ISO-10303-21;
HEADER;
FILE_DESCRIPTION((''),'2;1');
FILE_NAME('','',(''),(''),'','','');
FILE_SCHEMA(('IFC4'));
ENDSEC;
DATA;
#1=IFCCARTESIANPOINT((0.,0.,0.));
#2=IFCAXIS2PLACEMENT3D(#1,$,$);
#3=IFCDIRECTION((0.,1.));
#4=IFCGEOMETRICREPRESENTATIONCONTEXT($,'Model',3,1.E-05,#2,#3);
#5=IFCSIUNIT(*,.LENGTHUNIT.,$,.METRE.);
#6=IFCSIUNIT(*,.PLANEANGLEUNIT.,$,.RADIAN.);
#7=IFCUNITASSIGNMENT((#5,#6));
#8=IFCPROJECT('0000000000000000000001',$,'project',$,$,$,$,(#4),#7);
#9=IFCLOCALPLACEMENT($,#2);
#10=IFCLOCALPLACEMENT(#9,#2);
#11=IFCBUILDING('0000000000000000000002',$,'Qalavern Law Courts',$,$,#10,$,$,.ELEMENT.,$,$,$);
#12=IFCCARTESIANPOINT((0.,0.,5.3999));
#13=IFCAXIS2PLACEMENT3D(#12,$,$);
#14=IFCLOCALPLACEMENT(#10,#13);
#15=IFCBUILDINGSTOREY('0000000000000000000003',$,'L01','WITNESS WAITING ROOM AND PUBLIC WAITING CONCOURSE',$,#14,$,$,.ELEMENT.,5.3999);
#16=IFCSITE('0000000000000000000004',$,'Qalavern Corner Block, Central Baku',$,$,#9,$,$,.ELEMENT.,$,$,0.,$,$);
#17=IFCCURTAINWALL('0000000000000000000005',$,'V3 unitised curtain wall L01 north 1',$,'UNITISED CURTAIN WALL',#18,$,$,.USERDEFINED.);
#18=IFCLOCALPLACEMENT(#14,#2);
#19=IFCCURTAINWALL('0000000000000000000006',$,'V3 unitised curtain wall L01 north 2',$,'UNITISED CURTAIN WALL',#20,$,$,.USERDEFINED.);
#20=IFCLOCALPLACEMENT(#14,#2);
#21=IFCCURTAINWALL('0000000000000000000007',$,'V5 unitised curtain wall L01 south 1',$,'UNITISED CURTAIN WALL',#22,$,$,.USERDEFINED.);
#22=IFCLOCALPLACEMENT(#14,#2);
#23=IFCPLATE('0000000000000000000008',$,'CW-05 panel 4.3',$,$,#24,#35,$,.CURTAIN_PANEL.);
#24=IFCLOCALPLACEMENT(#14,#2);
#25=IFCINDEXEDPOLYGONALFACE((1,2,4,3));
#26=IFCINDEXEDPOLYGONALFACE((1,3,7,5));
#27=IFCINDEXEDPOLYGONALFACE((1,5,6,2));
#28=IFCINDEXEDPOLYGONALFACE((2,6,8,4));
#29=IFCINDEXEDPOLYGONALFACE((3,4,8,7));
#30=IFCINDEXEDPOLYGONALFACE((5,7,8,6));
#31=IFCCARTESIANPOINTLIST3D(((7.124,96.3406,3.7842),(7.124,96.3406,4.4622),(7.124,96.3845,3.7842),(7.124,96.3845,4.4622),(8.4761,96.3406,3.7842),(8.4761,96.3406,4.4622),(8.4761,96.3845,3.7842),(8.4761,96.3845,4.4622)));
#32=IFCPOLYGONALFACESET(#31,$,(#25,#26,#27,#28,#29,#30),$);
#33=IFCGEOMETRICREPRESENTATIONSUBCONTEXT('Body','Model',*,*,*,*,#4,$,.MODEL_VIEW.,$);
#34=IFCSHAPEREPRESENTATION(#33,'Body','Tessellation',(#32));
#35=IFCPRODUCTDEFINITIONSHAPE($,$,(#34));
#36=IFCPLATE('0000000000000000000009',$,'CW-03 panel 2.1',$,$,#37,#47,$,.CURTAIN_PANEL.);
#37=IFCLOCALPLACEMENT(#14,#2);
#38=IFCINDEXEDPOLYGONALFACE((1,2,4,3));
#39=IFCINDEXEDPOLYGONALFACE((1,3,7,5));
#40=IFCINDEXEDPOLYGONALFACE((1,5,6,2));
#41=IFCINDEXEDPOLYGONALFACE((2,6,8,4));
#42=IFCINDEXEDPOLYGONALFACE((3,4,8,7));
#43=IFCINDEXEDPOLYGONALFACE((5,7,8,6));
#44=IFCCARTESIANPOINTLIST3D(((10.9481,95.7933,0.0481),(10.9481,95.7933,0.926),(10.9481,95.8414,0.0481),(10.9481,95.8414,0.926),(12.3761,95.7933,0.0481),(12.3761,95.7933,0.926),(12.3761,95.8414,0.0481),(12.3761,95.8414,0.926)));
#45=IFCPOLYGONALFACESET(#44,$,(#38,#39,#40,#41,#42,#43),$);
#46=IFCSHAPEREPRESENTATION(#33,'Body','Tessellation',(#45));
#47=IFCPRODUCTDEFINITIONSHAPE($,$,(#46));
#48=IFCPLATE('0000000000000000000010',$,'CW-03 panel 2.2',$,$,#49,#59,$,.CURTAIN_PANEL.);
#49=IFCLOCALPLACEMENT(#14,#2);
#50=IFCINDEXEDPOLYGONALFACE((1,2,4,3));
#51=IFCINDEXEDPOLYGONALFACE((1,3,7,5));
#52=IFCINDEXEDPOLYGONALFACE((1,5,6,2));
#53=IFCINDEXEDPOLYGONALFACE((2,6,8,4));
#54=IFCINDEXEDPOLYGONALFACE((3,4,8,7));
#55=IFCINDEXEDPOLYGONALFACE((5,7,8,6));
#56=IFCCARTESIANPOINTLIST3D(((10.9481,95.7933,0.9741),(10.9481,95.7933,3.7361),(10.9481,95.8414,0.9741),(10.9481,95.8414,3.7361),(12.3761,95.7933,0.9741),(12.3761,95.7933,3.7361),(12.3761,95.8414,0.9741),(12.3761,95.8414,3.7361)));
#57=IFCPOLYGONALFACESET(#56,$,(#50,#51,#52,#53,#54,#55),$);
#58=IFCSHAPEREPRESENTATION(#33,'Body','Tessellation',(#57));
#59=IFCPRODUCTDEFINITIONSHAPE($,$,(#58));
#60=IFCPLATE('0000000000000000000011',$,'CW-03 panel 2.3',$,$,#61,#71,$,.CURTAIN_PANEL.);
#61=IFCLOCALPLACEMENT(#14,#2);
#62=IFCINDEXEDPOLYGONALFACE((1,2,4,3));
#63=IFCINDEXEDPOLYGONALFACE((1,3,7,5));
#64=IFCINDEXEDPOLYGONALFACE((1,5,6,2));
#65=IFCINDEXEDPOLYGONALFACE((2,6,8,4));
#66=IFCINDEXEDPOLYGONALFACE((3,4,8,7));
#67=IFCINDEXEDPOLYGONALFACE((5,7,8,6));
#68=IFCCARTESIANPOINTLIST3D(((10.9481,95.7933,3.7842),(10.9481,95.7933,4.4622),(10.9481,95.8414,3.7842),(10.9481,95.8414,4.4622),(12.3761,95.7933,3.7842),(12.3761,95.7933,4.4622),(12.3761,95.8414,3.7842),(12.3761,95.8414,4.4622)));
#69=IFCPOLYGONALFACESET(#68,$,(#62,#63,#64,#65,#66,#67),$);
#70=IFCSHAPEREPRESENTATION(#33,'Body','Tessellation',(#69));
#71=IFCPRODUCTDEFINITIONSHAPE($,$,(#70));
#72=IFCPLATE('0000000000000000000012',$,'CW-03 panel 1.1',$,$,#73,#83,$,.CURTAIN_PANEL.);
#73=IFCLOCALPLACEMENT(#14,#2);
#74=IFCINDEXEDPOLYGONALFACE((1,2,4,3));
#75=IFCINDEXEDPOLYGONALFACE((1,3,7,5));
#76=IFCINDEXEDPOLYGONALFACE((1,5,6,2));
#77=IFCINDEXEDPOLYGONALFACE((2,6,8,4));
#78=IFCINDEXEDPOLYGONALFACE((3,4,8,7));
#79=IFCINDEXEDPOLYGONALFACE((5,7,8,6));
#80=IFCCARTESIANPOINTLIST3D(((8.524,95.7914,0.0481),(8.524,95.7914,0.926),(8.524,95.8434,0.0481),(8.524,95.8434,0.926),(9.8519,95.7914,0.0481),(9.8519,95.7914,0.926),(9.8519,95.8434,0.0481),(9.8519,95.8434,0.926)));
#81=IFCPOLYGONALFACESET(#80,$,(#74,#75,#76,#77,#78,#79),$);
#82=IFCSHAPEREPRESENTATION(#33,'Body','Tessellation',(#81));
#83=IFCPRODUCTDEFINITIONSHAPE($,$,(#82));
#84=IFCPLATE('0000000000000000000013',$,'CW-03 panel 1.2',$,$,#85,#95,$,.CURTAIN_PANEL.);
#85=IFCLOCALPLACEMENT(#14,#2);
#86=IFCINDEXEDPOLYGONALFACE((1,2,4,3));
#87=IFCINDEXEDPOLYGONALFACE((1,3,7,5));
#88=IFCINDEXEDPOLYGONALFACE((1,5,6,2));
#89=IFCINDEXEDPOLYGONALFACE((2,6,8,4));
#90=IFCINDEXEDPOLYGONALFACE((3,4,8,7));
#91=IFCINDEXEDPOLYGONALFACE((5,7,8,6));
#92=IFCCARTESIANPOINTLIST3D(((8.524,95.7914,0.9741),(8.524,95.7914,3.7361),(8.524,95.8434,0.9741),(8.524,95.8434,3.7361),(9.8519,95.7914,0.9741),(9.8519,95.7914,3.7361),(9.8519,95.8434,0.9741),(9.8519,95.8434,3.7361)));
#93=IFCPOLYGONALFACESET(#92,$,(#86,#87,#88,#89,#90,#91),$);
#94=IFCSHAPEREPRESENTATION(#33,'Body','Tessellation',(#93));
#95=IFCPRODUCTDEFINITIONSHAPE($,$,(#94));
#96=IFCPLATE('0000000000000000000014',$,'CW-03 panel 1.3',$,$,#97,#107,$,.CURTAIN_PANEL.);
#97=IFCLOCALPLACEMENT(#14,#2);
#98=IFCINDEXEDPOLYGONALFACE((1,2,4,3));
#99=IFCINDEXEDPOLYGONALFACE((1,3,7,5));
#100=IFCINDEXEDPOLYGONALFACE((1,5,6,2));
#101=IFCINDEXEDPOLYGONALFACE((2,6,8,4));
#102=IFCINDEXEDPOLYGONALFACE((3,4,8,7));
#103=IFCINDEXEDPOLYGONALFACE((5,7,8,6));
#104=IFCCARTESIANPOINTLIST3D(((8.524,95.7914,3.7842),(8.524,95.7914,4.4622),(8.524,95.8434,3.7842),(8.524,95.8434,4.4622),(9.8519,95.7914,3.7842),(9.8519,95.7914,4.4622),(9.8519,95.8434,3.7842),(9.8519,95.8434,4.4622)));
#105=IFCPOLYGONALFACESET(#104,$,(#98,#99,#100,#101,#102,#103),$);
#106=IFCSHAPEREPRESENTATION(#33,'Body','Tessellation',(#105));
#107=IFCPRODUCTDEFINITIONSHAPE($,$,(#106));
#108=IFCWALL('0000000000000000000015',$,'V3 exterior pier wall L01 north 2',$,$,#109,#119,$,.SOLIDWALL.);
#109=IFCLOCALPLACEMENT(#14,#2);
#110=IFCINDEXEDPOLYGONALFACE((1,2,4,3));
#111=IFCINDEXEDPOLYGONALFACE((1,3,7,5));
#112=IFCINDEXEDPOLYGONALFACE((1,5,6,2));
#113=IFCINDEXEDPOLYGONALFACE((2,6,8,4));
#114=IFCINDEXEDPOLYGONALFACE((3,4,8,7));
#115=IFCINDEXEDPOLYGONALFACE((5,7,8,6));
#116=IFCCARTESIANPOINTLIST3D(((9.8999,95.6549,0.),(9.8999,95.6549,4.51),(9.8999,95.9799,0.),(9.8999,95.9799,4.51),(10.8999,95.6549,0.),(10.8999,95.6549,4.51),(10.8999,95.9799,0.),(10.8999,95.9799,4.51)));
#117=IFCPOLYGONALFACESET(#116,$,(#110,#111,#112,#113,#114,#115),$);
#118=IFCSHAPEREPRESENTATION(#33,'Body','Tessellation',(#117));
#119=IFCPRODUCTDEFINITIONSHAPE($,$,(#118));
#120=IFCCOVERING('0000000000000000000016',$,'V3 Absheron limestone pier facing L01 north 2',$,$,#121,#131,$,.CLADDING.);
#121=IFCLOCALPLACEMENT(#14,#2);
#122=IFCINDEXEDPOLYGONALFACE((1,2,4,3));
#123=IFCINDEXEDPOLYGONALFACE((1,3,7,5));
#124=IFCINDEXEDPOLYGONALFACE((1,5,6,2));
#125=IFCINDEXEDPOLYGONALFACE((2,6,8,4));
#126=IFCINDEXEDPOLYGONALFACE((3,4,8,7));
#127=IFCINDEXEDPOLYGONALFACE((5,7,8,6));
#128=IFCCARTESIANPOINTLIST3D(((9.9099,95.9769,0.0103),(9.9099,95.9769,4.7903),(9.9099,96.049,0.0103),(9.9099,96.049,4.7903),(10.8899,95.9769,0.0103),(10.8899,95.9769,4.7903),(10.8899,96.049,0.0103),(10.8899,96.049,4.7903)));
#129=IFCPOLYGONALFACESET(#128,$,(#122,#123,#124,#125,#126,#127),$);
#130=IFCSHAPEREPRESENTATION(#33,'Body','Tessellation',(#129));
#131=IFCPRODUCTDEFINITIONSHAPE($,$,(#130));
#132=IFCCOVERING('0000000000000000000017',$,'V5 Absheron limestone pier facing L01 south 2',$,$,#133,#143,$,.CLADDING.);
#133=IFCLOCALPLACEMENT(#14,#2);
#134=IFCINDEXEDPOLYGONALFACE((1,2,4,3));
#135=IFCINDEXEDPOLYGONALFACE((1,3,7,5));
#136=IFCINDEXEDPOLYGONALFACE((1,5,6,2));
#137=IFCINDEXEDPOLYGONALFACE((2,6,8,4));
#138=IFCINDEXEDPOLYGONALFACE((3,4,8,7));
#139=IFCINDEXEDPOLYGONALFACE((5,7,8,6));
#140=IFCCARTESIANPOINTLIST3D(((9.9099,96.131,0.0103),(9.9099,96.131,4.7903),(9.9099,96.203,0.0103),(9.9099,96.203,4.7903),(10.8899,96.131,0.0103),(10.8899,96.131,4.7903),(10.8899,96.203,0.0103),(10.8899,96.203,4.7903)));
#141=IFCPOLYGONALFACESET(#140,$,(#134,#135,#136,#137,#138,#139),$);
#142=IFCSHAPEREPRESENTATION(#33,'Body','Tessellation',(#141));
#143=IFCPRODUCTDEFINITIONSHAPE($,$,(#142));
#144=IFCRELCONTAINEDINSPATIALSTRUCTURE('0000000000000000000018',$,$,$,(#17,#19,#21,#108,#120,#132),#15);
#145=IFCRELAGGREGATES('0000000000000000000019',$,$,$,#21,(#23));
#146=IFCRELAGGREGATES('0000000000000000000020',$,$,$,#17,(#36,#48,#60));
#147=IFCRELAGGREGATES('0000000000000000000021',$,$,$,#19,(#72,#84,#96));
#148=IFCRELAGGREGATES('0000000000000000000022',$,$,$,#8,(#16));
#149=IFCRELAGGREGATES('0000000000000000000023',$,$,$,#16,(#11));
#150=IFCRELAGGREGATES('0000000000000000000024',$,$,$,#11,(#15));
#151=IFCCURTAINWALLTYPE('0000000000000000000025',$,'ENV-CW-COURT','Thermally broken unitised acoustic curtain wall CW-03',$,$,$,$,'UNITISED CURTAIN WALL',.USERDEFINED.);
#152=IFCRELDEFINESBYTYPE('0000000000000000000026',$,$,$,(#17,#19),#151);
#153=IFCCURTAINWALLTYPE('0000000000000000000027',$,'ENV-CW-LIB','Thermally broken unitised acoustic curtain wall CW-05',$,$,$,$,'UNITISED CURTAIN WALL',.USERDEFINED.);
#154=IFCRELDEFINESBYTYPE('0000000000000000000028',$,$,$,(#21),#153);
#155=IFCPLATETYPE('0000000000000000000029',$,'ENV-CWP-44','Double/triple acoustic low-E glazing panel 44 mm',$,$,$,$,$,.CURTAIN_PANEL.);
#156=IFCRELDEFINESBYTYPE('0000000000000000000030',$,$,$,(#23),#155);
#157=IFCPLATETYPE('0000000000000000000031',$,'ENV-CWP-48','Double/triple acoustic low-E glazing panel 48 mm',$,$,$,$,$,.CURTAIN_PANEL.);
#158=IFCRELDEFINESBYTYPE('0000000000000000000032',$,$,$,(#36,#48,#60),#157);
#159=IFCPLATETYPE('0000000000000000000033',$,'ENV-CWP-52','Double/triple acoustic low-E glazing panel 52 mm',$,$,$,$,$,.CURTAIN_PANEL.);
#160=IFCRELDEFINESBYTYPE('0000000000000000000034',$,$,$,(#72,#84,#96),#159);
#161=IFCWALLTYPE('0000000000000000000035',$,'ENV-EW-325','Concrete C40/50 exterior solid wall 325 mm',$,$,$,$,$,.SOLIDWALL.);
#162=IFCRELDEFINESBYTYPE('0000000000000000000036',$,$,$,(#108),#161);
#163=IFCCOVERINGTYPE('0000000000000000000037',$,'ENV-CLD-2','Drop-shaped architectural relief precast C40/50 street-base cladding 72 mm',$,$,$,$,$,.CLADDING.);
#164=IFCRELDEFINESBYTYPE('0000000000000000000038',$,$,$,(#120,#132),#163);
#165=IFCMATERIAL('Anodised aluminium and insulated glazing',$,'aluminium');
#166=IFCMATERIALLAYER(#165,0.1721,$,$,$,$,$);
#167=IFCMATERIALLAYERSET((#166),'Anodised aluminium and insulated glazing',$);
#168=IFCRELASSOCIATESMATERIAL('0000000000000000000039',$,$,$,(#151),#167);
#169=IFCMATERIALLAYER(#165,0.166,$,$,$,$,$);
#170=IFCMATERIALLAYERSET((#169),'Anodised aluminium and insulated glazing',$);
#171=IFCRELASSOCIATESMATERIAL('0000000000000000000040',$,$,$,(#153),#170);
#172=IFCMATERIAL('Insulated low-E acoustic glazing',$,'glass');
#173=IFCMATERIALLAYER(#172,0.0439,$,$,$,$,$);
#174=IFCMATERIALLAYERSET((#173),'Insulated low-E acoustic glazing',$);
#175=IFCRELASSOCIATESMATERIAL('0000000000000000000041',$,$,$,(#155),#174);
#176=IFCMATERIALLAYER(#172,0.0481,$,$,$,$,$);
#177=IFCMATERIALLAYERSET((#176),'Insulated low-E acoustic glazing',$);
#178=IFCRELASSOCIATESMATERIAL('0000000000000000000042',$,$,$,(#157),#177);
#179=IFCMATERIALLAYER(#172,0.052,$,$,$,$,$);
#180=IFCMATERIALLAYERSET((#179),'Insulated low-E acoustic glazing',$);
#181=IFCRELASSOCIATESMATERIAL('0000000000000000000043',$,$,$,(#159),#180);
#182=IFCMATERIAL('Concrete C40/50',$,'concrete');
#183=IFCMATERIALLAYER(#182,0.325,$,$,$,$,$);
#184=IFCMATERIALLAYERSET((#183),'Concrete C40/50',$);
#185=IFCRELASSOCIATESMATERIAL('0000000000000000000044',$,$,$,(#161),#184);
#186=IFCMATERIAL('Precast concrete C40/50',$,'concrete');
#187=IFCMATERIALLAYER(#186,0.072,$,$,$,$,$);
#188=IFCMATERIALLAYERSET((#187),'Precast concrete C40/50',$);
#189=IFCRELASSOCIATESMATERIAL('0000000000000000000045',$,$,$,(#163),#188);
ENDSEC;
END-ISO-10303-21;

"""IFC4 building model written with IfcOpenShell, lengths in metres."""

from ifc_helpers import new_model, si_unit, direction, frame, frame_2d, origin, origin_2d, place, context, subcontext, project, spatial, rectangle, extrude, material, layer, layer_set, type_object, element, aggregate, save


model = new_model("IFC4")

# Units and contexts
model_context = context("Model", 3, precision=1e-05, world=origin(), true_north=direction((0.0, 1.0)))
body_context = subcontext(model_context, "Body", "Model", "MODEL_VIEW")
ifc_project = project(units=[si_unit("LENGTHUNIT", "METRE"), si_unit("PLANEANGLEUNIT", "RADIAN")], contexts=[model_context])

# Site, building, storey
site_placement = place(None, origin())
site = spatial("IfcSite", under=ifc_project, at=site_placement, Name="Qalavern Corner Block, Central Baku", CompositionType="ELEMENT", RefElevation=0.0)
building_placement = place(site_placement, origin())
building = spatial("IfcBuilding", under=site, at=building_placement, Name="Qalavern Law Courts", CompositionType="ELEMENT")
storey_placement = place(building_placement, frame((0.0, 0.0, 5.3999)))
storey = spatial("IfcBuildingStorey", under=building, at=storey_placement, Name="L01", Description="WITNESS WAITING ROOM AND PUBLIC WAITING CONCOURSE", CompositionType="ELEMENT", Elevation=5.3999)

# Curtain wall
ifc_material_1 = material(Name="Anodised aluminium and insulated glazing", Category="aluminium")
ifc_layer_1 = layer(ifc_material_1, 0.1721)
ifc_layer_set_1 = layer_set([ifc_layer_1], Name="Anodised aluminium and insulated glazing")
curtain_wall_type_1 = type_object("IfcCurtainWallType", Name="ENV-CW-COURT", Description="Thermally broken unitised acoustic curtain wall CW-03", ElementType="UNITISED CURTAIN WALL", PredefinedType="USERDEFINED", material=ifc_layer_set_1)
curtain_wall_1_placement = place(storey_placement, origin())
curtain_wall_1 = element("IfcCurtainWall", 1, at=curtain_wall_1_placement, inside=storey, type_object=curtain_wall_type_1, Name="V3 unitised curtain wall L01 north 1", ObjectType="UNITISED CURTAIN WALL", PredefinedType="USERDEFINED")

# Curtain wall
curtain_wall_2_placement = place(storey_placement, origin())
curtain_wall_2 = element("IfcCurtainWall", 2, at=curtain_wall_2_placement, inside=storey, type_object=curtain_wall_type_1, Name="V3 unitised curtain wall L01 north 2", ObjectType="UNITISED CURTAIN WALL", PredefinedType="USERDEFINED")

# Curtain wall
ifc_layer_2 = layer(ifc_material_1, 0.166)
ifc_layer_set_2 = layer_set([ifc_layer_2], Name="Anodised aluminium and insulated glazing")
curtain_wall_type_2 = type_object("IfcCurtainWallType", Name="ENV-CW-LIB", Description="Thermally broken unitised acoustic curtain wall CW-05", ElementType="UNITISED CURTAIN WALL", PredefinedType="USERDEFINED", material=ifc_layer_set_2)
curtain_wall_3_placement = place(storey_placement, origin())
curtain_wall_3 = element("IfcCurtainWall", 3, at=curtain_wall_3_placement, inside=storey, type_object=curtain_wall_type_2, Name="V5 unitised curtain wall L01 south 1", ObjectType="UNITISED CURTAIN WALL", PredefinedType="USERDEFINED")

# Plates
ifc_material_2 = material(Name="Insulated low-E acoustic glazing", Category="glass")
ifc_layer_3 = layer(ifc_material_2, 0.0439)
ifc_layer_set_3 = layer_set([ifc_layer_3], Name="Insulated low-E acoustic glazing")
plate_type_1 = type_object("IfcPlateType", Name="ENV-CWP-44", Description="Double/triple acoustic low-E glazing panel 44 mm", PredefinedType="CURTAIN_PANEL", material=ifc_layer_set_3)
plate_1_placement = place(storey_placement, frame((7.8, 96.3625, 3.7842), z_axis=(0.0, 0.0, 1.0), x_axis=(1.0, 0.0, 0.0)))
plate_1 = element("IfcPlate", 4, at=plate_1_placement, type_object=plate_type_1, Name="CW-05 panel 4.3", PredefinedType="CURTAIN_PANEL", context=body_context, shape_type="SweptSolid", body=[
    extrude(rectangle(XDim=1.3521, YDim=0.0439, at=origin_2d()), origin(), (0.0, 0.0, 1.0), 0.678),
])
aggregate(curtain_wall_3, [plate_1])
ifc_layer_4 = layer(ifc_material_2, 0.0481)
ifc_layer_set_4 = layer_set([ifc_layer_4], Name="Insulated low-E acoustic glazing")
plate_type_2 = type_object("IfcPlateType", Name="ENV-CWP-48", Description="Double/triple acoustic low-E glazing panel 48 mm", PredefinedType="CURTAIN_PANEL", material=ifc_layer_set_4)
plate_2_placement = place(storey_placement, frame((11.6621, 95.8174, 0.0481), z_axis=(0.0, 0.0, 1.0), x_axis=(-1.0, 0.0, 0.0)))
plate_2 = element("IfcPlate", 5, at=plate_2_placement, type_object=plate_type_2, Name="CW-03 panel 2.1", PredefinedType="CURTAIN_PANEL", context=body_context, shape_type="SweptSolid", body=[
    extrude(rectangle(XDim=1.428, YDim=0.0481, at=origin_2d()), origin(), (0.0, 0.0, 1.0), 0.8779),
])
plate_3_placement = place(storey_placement, frame((11.6621, 95.8174, 0.9741), z_axis=(0.0, 0.0, 1.0), x_axis=(-1.0, 0.0, 0.0)))
plate_3 = element("IfcPlate", 6, at=plate_3_placement, type_object=plate_type_2, Name="CW-03 panel 2.2", PredefinedType="CURTAIN_PANEL", context=body_context, shape_type="SweptSolid", body=[
    extrude(rectangle(XDim=1.428, YDim=0.0481, at=origin_2d()), origin(), (0.0, 0.0, 1.0), 2.762),
])
plate_4_placement = place(storey_placement, frame((11.6621, 95.8174, 3.7842), z_axis=(0.0, 0.0, 1.0), x_axis=(-1.0, 0.0, 0.0)))
plate_4 = element("IfcPlate", 7, at=plate_4_placement, type_object=plate_type_2, Name="CW-03 panel 2.3", PredefinedType="CURTAIN_PANEL", context=body_context, shape_type="SweptSolid", body=[
    extrude(rectangle(XDim=1.428, YDim=0.0481, at=origin_2d()), origin(), (0.0, 0.0, 1.0), 0.678),
])
aggregate(curtain_wall_1, [plate_2, plate_3, plate_4])
ifc_layer_5 = layer(ifc_material_2, 0.052)
ifc_layer_set_5 = layer_set([ifc_layer_5], Name="Insulated low-E acoustic glazing")
plate_type_3 = type_object("IfcPlateType", Name="ENV-CWP-52", Description="Double/triple acoustic low-E glazing panel 52 mm", PredefinedType="CURTAIN_PANEL", material=ifc_layer_set_5)
plate_5_placement = place(storey_placement, frame((9.188, 95.8174, 0.0481), z_axis=(0.0, 0.0, 1.0), x_axis=(-1.0, 0.0, 0.0)))
plate_5 = element("IfcPlate", 8, at=plate_5_placement, type_object=plate_type_3, Name="CW-03 panel 1.1", PredefinedType="CURTAIN_PANEL", context=body_context, shape_type="SweptSolid", body=[
    extrude(rectangle(XDim=1.3279, YDim=0.052, at=origin_2d()), origin(), (0.0, 0.0, 1.0), 0.8779),
])
plate_6_placement = place(storey_placement, frame((9.188, 95.8174, 0.9741), z_axis=(0.0, 0.0, 1.0), x_axis=(-1.0, 0.0, 0.0)))
plate_6 = element("IfcPlate", 9, at=plate_6_placement, type_object=plate_type_3, Name="CW-03 panel 1.2", PredefinedType="CURTAIN_PANEL", context=body_context, shape_type="SweptSolid", body=[
    extrude(rectangle(XDim=1.3279, YDim=0.052, at=origin_2d()), origin(), (0.0, 0.0, 1.0), 2.762),
])
plate_7_placement = place(storey_placement, frame((9.188, 95.8174, 3.7842), z_axis=(0.0, 0.0, 1.0), x_axis=(-1.0, 0.0, 0.0)))
plate_7 = element("IfcPlate", 10, at=plate_7_placement, type_object=plate_type_3, Name="CW-03 panel 1.3", PredefinedType="CURTAIN_PANEL", context=body_context, shape_type="SweptSolid", body=[
    extrude(rectangle(XDim=1.3279, YDim=0.052, at=origin_2d()), origin(), (0.0, 0.0, 1.0), 0.678),
])
aggregate(curtain_wall_2, [plate_5, plate_6, plate_7])

# Wall
ifc_material_3 = material(Name="Concrete C40/50", Category="concrete")
ifc_layer_6 = layer(ifc_material_3, 0.325)
ifc_layer_set_6 = layer_set([ifc_layer_6], Name="Concrete C40/50")
wall_type = type_object("IfcWallType", Name="ENV-EW-325", Description="Concrete C40/50 exterior solid wall 325 mm", PredefinedType="SOLIDWALL", material=ifc_layer_set_6)
wall_placement = place(storey_placement, frame((10.8999, 95.8174, 0.0), z_axis=(0.0, 0.0, 1.0), x_axis=(-1.0, 0.0, 0.0)))
element("IfcWall", 11, at=wall_placement, inside=storey, type_object=wall_type, Name="V3 exterior pier wall L01 north 2", PredefinedType="SOLIDWALL", context=body_context, shape_type="SweptSolid", body=[
    extrude(rectangle(XDim=1.0, YDim=0.325, at=frame_2d((0.5, 0.0))), origin(), (0.0, 0.0, 1.0), 4.51),
])

# Coverings
ifc_material_4 = material(Name="Precast concrete C40/50", Category="concrete")
ifc_layer_7 = layer(ifc_material_4, 0.072)
ifc_layer_set_7 = layer_set([ifc_layer_7], Name="Precast concrete C40/50")
covering_type = type_object("IfcCoveringType", Name="ENV-CLD-2", Description="Drop-shaped architectural relief precast C40/50 street-base cladding 72 mm", PredefinedType="CLADDING", material=ifc_layer_set_7)
for number, where, z_axis, x_axis, name in (
    (12, (10.3999, 96.0129, 0.0103), (0.0, 0.0, 1.0), (-1.0, 0.0, 0.0), "V3 Absheron limestone pier facing L01 north 2"),
    (13, (10.3999, 96.167, 0.0103), (0.0, 0.0, 1.0), (1.0, 0.0, 0.0), "V5 Absheron limestone pier facing L01 south 2"),
):
    element("IfcCovering", number, at=place(storey_placement, frame(where, z_axis=z_axis, x_axis=x_axis)), inside=storey, type_object=covering_type, Name=name, PredefinedType="CLADDING", context=body_context, shape_type="SweptSolid", body=[
        extrude(rectangle(XDim=0.98, YDim=0.072, at=origin_2d()), origin(), (0.0, 0.0, 1.0), 4.78),
    ])

save(model, "model.ifc")
